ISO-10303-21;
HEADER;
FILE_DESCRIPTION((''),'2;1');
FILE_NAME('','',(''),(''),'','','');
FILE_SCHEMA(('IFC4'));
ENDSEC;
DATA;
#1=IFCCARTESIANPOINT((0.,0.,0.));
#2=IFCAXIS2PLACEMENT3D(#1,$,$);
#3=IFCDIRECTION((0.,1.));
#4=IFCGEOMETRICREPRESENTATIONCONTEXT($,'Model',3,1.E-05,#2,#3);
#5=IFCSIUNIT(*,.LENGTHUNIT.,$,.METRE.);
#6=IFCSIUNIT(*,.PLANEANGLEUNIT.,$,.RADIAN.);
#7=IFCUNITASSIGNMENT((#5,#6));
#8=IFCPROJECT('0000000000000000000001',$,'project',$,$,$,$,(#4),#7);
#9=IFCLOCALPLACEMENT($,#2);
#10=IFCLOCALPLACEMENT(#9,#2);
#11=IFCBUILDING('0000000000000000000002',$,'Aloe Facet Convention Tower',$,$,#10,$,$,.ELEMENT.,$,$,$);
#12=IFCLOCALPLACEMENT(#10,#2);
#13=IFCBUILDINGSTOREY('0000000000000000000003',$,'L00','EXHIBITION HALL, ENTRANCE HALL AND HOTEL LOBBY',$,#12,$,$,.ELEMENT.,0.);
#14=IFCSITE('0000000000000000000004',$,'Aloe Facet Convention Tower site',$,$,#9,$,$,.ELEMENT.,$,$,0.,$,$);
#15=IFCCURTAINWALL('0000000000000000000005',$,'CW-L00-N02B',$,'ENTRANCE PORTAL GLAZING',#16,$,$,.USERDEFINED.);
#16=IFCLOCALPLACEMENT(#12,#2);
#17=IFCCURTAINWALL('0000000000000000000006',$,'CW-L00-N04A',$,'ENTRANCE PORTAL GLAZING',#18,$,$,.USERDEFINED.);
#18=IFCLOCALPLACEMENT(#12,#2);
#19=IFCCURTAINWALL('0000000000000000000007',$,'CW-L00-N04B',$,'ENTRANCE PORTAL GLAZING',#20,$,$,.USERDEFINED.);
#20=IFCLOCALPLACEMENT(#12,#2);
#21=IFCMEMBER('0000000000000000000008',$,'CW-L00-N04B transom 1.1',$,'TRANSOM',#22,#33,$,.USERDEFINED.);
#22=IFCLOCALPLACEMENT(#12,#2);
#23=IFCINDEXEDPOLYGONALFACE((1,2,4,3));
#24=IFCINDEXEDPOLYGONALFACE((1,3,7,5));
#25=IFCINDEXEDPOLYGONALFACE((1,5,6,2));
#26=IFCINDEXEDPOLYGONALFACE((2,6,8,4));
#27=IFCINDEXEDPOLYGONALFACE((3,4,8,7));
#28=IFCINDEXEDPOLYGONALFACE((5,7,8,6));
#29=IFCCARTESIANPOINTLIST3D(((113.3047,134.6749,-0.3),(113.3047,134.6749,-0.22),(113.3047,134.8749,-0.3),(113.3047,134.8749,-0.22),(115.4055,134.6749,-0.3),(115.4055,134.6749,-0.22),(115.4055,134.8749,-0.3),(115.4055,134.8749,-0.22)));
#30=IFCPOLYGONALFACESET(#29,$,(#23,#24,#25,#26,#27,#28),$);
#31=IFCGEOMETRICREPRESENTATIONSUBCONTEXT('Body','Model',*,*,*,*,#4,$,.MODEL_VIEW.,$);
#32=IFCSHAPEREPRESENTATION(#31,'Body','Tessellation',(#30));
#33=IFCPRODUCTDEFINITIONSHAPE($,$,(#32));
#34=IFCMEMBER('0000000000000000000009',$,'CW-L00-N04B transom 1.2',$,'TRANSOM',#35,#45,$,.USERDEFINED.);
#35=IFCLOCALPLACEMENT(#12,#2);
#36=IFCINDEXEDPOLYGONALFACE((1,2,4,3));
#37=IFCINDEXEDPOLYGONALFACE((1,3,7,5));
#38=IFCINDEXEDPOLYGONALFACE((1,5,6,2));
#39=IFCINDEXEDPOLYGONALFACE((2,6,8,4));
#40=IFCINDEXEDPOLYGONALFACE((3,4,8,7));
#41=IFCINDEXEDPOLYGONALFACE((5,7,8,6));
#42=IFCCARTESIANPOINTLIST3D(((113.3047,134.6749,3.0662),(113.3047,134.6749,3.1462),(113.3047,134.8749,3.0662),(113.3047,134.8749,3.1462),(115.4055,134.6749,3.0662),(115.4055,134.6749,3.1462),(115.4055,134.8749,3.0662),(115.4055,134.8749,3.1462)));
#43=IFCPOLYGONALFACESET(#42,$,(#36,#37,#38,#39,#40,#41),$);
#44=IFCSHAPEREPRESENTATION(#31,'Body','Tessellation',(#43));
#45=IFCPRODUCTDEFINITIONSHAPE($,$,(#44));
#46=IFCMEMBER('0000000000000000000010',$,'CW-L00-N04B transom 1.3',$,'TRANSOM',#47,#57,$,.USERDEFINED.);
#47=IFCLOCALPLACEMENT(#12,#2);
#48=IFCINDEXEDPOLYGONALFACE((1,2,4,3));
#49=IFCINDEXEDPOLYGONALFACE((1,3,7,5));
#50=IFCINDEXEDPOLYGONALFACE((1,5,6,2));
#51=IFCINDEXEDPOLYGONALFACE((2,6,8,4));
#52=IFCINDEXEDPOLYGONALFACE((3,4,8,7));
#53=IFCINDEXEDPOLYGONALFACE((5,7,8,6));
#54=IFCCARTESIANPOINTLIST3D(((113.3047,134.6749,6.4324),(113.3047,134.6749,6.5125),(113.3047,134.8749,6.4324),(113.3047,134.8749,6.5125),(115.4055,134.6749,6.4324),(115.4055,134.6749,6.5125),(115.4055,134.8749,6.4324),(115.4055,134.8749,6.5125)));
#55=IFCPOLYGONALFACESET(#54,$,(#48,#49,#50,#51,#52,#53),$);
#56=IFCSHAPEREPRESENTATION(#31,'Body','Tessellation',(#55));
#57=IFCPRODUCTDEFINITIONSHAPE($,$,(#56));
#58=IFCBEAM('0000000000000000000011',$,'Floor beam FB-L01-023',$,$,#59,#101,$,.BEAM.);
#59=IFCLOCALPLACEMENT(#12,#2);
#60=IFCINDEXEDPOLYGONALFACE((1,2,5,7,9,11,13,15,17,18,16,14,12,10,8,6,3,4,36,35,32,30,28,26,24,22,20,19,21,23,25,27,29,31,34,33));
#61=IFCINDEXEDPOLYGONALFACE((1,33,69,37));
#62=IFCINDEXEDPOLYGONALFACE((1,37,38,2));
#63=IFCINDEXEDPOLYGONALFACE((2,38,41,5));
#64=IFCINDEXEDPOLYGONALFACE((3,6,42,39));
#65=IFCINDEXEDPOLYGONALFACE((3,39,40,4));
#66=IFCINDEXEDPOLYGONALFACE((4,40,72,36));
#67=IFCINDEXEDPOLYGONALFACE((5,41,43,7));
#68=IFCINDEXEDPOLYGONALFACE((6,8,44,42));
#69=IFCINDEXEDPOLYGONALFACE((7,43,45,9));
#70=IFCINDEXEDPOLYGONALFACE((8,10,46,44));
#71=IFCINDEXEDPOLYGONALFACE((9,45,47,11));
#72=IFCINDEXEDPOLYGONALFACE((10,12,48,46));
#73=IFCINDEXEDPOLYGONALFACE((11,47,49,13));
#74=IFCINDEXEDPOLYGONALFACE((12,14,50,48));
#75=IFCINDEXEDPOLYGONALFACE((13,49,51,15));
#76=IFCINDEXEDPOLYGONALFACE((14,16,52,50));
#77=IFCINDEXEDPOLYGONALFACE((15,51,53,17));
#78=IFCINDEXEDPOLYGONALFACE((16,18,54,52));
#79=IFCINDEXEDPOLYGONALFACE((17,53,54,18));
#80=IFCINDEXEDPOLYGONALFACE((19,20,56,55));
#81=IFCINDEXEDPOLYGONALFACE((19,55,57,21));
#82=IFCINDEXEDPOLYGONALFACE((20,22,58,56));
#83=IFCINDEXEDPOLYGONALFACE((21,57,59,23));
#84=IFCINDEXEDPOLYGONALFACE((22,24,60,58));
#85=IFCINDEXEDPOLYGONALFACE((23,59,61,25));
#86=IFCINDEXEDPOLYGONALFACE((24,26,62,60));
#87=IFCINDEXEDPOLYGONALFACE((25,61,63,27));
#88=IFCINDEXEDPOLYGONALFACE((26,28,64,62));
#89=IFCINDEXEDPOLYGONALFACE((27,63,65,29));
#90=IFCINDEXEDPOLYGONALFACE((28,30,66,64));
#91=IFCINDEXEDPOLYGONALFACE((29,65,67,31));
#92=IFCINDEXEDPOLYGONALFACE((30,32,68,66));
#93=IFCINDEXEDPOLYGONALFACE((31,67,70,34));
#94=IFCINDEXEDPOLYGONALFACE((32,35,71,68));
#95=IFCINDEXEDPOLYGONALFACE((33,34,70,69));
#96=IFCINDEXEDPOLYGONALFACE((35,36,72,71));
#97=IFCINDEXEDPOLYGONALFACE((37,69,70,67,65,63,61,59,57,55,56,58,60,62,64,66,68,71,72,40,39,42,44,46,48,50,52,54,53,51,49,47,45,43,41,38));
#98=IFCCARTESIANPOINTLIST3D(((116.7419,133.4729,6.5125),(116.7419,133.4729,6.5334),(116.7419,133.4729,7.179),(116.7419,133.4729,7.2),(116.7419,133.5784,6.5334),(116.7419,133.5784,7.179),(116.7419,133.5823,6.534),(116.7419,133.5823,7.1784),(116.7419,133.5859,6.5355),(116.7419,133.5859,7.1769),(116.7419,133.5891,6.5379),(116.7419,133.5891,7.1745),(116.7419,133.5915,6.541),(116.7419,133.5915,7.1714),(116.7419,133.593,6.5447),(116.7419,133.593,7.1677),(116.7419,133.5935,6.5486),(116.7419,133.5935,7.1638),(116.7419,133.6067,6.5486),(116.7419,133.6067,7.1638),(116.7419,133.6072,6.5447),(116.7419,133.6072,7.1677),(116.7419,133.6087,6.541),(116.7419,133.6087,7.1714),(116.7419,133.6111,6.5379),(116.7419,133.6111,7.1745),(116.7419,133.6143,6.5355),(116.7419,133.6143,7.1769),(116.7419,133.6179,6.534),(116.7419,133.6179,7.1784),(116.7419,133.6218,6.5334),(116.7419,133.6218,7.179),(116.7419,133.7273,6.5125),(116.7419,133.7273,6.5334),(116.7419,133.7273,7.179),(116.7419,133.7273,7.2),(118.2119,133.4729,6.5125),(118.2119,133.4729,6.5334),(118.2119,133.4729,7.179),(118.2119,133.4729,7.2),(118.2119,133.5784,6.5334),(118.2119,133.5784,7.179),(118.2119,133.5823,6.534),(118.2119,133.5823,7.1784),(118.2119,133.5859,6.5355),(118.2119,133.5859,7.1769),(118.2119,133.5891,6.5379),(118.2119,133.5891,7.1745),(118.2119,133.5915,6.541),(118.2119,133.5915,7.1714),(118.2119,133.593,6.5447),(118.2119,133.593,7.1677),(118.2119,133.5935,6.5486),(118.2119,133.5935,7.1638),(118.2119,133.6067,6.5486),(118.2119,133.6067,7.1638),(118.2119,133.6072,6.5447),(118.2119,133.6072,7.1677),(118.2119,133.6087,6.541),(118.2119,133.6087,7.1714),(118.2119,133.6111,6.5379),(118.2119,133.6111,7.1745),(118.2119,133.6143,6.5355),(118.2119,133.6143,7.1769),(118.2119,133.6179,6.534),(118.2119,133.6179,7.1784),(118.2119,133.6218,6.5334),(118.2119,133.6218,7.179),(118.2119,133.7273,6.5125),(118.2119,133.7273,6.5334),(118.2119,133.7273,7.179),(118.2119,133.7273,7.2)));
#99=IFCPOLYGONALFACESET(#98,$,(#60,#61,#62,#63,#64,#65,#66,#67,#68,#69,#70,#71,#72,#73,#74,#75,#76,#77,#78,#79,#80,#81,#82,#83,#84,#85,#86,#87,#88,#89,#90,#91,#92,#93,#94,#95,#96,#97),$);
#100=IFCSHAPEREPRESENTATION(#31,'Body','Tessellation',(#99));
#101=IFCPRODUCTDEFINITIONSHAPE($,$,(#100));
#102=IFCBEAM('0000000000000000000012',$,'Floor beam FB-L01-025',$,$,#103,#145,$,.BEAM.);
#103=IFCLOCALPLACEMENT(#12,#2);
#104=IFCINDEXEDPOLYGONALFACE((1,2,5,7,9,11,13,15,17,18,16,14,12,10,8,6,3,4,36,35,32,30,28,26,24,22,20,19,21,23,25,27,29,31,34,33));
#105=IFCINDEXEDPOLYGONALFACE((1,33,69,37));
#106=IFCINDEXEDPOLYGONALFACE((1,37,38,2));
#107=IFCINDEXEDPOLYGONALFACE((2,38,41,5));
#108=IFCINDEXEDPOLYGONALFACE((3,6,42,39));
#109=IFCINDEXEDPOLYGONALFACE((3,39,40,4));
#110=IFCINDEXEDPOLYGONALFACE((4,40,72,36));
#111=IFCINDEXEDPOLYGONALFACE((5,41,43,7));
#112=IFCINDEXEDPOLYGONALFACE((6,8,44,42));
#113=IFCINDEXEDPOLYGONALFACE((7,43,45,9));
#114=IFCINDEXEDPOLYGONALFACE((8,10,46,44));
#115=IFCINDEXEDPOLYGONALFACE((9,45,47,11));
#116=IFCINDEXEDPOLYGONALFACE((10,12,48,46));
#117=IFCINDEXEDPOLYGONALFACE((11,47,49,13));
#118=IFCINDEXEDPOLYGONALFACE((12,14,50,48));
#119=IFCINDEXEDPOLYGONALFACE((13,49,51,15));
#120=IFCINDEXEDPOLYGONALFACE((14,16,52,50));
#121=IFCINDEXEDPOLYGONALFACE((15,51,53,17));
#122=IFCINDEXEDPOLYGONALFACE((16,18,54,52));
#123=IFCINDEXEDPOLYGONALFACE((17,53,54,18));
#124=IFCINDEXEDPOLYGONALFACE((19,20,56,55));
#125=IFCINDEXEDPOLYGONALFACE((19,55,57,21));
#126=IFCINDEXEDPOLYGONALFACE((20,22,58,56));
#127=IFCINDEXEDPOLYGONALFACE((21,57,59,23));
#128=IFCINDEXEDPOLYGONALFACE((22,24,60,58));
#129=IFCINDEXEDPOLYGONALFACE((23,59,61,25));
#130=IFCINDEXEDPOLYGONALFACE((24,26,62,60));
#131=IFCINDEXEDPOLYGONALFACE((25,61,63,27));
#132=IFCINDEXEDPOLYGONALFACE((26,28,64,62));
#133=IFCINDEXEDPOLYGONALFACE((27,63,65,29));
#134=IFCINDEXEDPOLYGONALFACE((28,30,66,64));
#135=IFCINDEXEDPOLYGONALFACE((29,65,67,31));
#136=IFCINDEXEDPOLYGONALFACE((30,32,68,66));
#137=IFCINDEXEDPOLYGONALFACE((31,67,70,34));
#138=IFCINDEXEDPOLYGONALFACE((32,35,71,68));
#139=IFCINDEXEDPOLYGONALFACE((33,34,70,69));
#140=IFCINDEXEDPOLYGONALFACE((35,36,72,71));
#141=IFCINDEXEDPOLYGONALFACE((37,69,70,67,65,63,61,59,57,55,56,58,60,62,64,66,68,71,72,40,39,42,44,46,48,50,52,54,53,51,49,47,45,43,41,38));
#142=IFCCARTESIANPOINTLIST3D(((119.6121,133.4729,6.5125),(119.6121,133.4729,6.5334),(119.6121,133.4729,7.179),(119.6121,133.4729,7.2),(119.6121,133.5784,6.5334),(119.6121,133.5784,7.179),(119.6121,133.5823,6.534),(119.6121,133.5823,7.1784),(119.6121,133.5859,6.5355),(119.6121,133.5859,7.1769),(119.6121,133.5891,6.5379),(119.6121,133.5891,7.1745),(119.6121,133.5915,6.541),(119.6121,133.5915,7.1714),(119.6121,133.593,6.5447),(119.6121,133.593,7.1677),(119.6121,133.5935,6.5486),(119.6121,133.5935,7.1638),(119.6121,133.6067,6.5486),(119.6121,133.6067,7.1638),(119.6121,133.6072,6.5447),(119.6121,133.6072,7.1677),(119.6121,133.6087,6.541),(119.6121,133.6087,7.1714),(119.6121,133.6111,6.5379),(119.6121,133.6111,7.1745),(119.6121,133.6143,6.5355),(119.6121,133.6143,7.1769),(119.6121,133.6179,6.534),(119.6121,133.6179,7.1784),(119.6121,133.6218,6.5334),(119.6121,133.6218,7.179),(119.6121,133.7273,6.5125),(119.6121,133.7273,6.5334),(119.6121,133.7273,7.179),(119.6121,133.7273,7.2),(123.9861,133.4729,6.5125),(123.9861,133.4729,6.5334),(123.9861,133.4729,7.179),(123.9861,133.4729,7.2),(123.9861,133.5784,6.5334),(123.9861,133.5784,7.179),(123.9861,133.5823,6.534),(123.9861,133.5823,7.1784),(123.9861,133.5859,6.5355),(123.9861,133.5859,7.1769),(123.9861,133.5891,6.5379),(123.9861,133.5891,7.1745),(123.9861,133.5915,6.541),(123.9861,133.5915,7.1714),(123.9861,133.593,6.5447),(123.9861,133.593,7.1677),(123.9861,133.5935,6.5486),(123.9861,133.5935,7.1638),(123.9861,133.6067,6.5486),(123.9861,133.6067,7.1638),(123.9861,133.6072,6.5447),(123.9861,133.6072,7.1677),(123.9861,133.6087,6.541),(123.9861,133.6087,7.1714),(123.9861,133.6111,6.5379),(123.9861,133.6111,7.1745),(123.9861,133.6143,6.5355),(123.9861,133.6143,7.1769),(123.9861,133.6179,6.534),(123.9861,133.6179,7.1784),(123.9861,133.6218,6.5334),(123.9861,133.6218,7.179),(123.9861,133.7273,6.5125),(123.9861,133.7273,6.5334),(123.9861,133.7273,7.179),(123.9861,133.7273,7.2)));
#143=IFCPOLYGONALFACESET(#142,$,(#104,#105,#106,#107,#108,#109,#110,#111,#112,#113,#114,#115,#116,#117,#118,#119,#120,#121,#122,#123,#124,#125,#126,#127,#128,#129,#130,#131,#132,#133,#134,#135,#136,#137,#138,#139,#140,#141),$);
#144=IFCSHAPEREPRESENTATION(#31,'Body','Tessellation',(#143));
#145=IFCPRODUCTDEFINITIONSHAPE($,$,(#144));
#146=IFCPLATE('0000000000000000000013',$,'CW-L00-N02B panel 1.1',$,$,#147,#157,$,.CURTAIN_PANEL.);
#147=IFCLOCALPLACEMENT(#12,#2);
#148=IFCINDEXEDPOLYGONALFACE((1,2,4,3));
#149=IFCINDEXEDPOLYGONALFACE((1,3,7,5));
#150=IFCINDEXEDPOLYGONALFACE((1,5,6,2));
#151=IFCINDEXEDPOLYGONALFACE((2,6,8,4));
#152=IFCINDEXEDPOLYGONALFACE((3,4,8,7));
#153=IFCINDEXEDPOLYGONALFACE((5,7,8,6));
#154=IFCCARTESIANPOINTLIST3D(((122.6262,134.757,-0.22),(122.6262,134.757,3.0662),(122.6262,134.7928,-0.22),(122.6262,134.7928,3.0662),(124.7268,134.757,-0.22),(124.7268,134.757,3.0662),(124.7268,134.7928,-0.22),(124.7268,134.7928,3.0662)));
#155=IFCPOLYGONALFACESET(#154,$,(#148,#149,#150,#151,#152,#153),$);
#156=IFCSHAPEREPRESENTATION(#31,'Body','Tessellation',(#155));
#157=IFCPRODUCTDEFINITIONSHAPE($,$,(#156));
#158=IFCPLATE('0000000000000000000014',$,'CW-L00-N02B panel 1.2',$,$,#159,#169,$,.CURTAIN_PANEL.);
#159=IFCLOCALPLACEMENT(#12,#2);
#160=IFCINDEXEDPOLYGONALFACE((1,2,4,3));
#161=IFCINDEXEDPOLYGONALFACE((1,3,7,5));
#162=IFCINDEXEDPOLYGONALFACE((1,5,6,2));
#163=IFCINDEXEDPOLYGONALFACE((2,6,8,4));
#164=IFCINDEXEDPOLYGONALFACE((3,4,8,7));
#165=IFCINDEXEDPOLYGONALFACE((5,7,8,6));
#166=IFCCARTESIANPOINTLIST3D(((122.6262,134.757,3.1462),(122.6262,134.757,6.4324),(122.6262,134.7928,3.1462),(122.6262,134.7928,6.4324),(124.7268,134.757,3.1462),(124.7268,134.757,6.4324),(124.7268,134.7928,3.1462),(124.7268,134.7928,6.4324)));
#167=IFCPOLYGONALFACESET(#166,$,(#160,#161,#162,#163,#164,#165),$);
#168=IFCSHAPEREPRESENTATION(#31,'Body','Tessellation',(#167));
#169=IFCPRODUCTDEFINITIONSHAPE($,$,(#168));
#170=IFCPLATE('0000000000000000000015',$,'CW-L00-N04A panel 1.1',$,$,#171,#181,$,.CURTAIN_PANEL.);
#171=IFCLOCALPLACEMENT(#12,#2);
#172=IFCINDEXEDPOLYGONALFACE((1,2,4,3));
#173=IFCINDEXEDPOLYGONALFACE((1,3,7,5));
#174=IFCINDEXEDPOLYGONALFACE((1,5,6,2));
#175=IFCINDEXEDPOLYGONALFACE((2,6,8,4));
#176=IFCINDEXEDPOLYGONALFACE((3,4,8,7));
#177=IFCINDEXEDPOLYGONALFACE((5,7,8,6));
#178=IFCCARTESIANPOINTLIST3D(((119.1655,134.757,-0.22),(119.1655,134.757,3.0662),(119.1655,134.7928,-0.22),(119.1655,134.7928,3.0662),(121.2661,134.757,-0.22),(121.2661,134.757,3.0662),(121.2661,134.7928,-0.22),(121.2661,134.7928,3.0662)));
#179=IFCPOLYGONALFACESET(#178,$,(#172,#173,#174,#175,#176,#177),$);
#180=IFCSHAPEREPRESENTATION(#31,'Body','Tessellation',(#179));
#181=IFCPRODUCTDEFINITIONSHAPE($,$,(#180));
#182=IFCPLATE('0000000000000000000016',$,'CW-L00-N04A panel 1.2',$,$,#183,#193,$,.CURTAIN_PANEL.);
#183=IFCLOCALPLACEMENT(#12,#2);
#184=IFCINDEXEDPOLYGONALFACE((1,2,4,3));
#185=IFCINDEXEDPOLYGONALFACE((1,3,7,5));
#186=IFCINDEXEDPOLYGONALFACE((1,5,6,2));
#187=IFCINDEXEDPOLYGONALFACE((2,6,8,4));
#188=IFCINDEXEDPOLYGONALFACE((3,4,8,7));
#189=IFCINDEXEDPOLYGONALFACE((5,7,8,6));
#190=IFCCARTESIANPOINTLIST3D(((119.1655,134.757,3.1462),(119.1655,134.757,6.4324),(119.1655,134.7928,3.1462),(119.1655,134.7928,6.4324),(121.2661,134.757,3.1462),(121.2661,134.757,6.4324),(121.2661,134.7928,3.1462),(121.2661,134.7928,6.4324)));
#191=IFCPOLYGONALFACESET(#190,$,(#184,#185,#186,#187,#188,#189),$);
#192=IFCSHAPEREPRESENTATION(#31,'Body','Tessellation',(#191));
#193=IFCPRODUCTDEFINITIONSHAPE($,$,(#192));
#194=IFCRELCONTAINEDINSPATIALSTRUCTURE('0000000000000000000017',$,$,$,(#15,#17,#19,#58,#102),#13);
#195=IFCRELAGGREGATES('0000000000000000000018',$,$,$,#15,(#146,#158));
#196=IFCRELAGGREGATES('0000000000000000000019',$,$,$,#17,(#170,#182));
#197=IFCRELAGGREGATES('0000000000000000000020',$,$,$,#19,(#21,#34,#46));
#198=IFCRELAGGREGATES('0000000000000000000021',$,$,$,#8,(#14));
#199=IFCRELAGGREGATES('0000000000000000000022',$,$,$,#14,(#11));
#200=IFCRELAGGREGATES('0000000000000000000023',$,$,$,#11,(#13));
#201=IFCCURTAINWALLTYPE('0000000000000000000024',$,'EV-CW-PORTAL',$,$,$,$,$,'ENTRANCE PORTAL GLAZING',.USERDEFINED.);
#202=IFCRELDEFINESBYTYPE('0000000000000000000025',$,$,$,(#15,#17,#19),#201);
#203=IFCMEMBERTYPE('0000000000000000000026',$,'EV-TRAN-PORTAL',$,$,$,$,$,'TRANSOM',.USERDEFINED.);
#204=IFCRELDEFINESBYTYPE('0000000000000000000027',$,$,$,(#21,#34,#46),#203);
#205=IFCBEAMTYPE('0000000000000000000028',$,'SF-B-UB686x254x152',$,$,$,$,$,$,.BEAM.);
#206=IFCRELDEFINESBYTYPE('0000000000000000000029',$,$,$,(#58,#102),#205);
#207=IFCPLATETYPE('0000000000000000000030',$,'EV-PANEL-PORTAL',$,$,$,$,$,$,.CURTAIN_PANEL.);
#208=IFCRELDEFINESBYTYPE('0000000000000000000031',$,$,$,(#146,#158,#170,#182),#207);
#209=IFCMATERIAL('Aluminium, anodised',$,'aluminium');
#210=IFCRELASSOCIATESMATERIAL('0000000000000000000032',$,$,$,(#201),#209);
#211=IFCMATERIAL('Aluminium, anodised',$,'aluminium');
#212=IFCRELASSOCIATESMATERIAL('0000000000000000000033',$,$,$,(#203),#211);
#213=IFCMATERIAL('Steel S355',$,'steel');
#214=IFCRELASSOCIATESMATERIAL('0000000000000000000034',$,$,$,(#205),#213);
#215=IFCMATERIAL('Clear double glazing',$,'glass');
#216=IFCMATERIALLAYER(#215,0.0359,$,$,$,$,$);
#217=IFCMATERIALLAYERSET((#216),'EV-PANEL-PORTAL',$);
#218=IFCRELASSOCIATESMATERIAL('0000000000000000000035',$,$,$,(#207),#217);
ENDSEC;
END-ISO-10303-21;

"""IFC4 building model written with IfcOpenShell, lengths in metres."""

from ifc_helpers import new_model, si_unit, direction, frame, origin, origin_2d, place, context, subcontext, project, spatial, rectangle, i_section, extrude, material, layer, layer_set, material_profile, profile_set, type_object, element, aggregate, save


model = new_model("IFC4")

# Units and contexts
model_context = context("Model", 3, precision=1e-05, world=origin(), true_north=direction((0.0, 1.0)))
body_context = subcontext(model_context, "Body", "Model", "MODEL_VIEW")
ifc_project = project(units=[si_unit("LENGTHUNIT", "METRE"), si_unit("PLANEANGLEUNIT", "RADIAN")], contexts=[model_context])

# Site, building, storey
site_placement = place(None, origin())
site = spatial("IfcSite", under=ifc_project, at=site_placement, Name="Aloe Facet Convention Tower site", CompositionType="ELEMENT", RefElevation=0.0)
building_placement = place(site_placement, origin())
building = spatial("IfcBuilding", under=site, at=building_placement, Name="Aloe Facet Convention Tower", CompositionType="ELEMENT")
storey_placement = place(building_placement, origin())
storey = spatial("IfcBuildingStorey", under=building, at=storey_placement, Name="L00", Description="EXHIBITION HALL, ENTRANCE HALL AND HOTEL LOBBY", CompositionType="ELEMENT", Elevation=0.0)

# Curtain wall
ifc_material_1 = material(Name="Aluminium, anodised", Category="aluminium")
curtain_wall_type = type_object("IfcCurtainWallType", Name="EV-CW-PORTAL", ElementType="ENTRANCE PORTAL GLAZING", PredefinedType="USERDEFINED", material=ifc_material_1)
curtain_wall_1_placement = place(storey_placement, origin())
curtain_wall_1 = element("IfcCurtainWall", 1, at=curtain_wall_1_placement, inside=storey, type_object=curtain_wall_type, Name="CW-L00-N02B", ObjectType="ENTRANCE PORTAL GLAZING", PredefinedType="USERDEFINED")

# Curtain walls
curtain_wall_2_placement = place(storey_placement, origin())
curtain_wall_2 = element("IfcCurtainWall", 2, at=curtain_wall_2_placement, inside=storey, type_object=curtain_wall_type, Name="CW-L00-N04A", ObjectType="ENTRANCE PORTAL GLAZING", PredefinedType="USERDEFINED")
curtain_wall_3_placement = place(storey_placement, origin())
curtain_wall_3 = element("IfcCurtainWall", 3, at=curtain_wall_3_placement, inside=storey, type_object=curtain_wall_type, Name="CW-L00-N04B", ObjectType="ENTRANCE PORTAL GLAZING", PredefinedType="USERDEFINED")

# Members
ifc_material_2 = material(Name="Aluminium, anodised", Category="aluminium")
ifc_material_profile_1 = material_profile(ifc_material_2, rectangle(XDim=0.2, YDim=0.0801, at=origin_2d()), Name="AL 200x80")
ifc_profile_set_1 = profile_set([ifc_material_profile_1], Name="Aluminium, anodised")
member_type_1 = type_object("IfcMemberType", Name="EV-TRAN-PORTAL", ElementType="TRANSOM", PredefinedType="USERDEFINED", material=ifc_profile_set_1)
member_1_placement = place(storey_placement, frame((115.4055, 134.7749, -0.26), z_axis=(-1.0, 0.0, 0.0), x_axis=(0.0, -1.0, 0.0)))
member_1 = element("IfcMember", 4, at=member_1_placement, type_object=member_type_1, Name="CW-L00-N04B transom 1.1", ObjectType="TRANSOM", PredefinedType="USERDEFINED", context=body_context, shape_type="SweptSolid", body=[
    extrude(rectangle(XDim=0.2, YDim=0.0801, at=origin_2d()), origin(), (0.0, 0.0, 1.0), 2.1008),
])
member_2_placement = place(storey_placement, frame((115.4055, 134.7749, 3.1062), z_axis=(-1.0, 0.0, 0.0), x_axis=(0.0, -1.0, 0.0)))
member_2 = element("IfcMember", 5, at=member_2_placement, type_object=member_type_1, Name="CW-L00-N04B transom 1.2", ObjectType="TRANSOM", PredefinedType="USERDEFINED", context=body_context, shape_type="SweptSolid", body=[
    extrude(rectangle(XDim=0.2, YDim=0.0801, at=origin_2d()), origin(), (0.0, 0.0, 1.0), 2.1008),
])
member_3_placement = place(storey_placement, frame((115.4055, 134.7749, 6.4724), z_axis=(-1.0, 0.0, 0.0), x_axis=(0.0, -1.0, 0.0)))
member_3 = element("IfcMember", 6, at=member_3_placement, type_object=member_type_1, Name="CW-L00-N04B transom 1.3", ObjectType="TRANSOM", PredefinedType="USERDEFINED", context=body_context, shape_type="SweptSolid", body=[
    extrude(rectangle(XDim=0.2, YDim=0.0801, at=origin_2d()), origin(), (0.0, 0.0, 1.0), 2.1008),
])

# Beams
ifc_material_3 = material(Name="Steel S355", Category="steel")
ifc_material_profile_2 = material_profile(ifc_material_3, i_section(OverallWidth=0.2544, OverallDepth=0.6875, WebThickness=0.0132, FlangeThickness=0.021, FilletRadius=0.0151, at=origin_2d()), Name="UB 686x254x152")
ifc_profile_set_2 = profile_set([ifc_material_profile_2], Name="Steel S355")
beam_type_1 = type_object("IfcBeamType", Name="SF-B-UB686x254x152", PredefinedType="BEAM", material=ifc_profile_set_2)
beam_1_placement = place(storey_placement, frame((116.7419, 133.6001, 6.8562), z_axis=(1.0, 0.0, 0.0), x_axis=(0.0, 1.0, 0.0)))
element("IfcBeam", 7, at=beam_1_placement, inside=storey, type_object=beam_type_1, Name="Floor beam FB-L01-023", PredefinedType="BEAM", context=body_context, shape_type="SweptSolid", body=[
    extrude(i_section(OverallWidth=0.2544, OverallDepth=0.6875, WebThickness=0.0132, FlangeThickness=0.021, FilletRadius=0.0151, at=origin_2d()), origin(), (0.0, 0.0, 1.0), 1.47),
])
beam_2_placement = place(storey_placement, frame((119.6121, 133.6001, 6.8562), z_axis=(1.0, 0.0, 0.0), x_axis=(0.0, 1.0, 0.0)))
element("IfcBeam", 8, at=beam_2_placement, inside=storey, type_object=beam_type_1, Name="Floor beam FB-L01-025", PredefinedType="BEAM", context=body_context, shape_type="SweptSolid", body=[
    extrude(i_section(OverallWidth=0.2544, OverallDepth=0.6875, WebThickness=0.0132, FlangeThickness=0.021, FilletRadius=0.0151, at=origin_2d()), origin(), (0.0, 0.0, 1.0), 4.374),
])

# Plates
ifc_material_4 = material(Name="Clear double glazing", Category="glass")
ifc_layer_1 = layer(ifc_material_4, 0.0359)
ifc_layer_set_1 = layer_set([ifc_layer_1], Name="EV-PANEL-PORTAL")
plate_type = type_object("IfcPlateType", Name="EV-PANEL-PORTAL", PredefinedType="CURTAIN_PANEL", material=ifc_layer_set_1)
plate_1_placement = place(storey_placement, frame((123.6765, 134.7749, -0.22), z_axis=(0.0, 0.0, 1.0), x_axis=(-1.0, 0.0, 0.0)))
plate_1 = element("IfcPlate", 9, at=plate_1_placement, type_object=plate_type, Name="CW-L00-N02B panel 1.1", PredefinedType="CURTAIN_PANEL", context=body_context, shape_type="SweptSolid", body=[
    extrude(rectangle(XDim=2.1006, YDim=0.0359, at=origin_2d()), origin(), (0.0, 0.0, 1.0), 3.2861),
])
plate_2_placement = place(storey_placement, frame((123.6765, 134.7749, 3.1462), z_axis=(0.0, 0.0, 1.0), x_axis=(-1.0, 0.0, 0.0)))
plate_2 = element("IfcPlate", 10, at=plate_2_placement, type_object=plate_type, Name="CW-L00-N02B panel 1.2", PredefinedType="CURTAIN_PANEL", context=body_context, shape_type="SweptSolid", body=[
    extrude(rectangle(XDim=2.1006, YDim=0.0359, at=origin_2d()), origin(), (0.0, 0.0, 1.0), 3.2861),
])
aggregate(curtain_wall_1, [plate_1, plate_2])
plate_3_placement = place(storey_placement, frame((120.2158, 134.7749, -0.22), z_axis=(0.0, 0.0, 1.0), x_axis=(-1.0, 0.0, 0.0)))
plate_3 = element("IfcPlate", 11, at=plate_3_placement, type_object=plate_type, Name="CW-L00-N04A panel 1.1", PredefinedType="CURTAIN_PANEL", context=body_context, shape_type="SweptSolid", body=[
    extrude(rectangle(XDim=2.1006, YDim=0.0359, at=origin_2d()), origin(), (0.0, 0.0, 1.0), 3.2861),
])
plate_4_placement = place(storey_placement, frame((120.2158, 134.7749, 3.1462), z_axis=(0.0, 0.0, 1.0), x_axis=(-1.0, 0.0, 0.0)))
plate_4 = element("IfcPlate", 12, at=plate_4_placement, type_object=plate_type, Name="CW-L00-N04A panel 1.2", PredefinedType="CURTAIN_PANEL", context=body_context, shape_type="SweptSolid", body=[
    extrude(rectangle(XDim=2.1006, YDim=0.0359, at=origin_2d()), origin(), (0.0, 0.0, 1.0), 3.2861),
])
aggregate(curtain_wall_2, [plate_3, plate_4])
aggregate(curtain_wall_3, [member_1, member_2, member_3])

save(model, "model.ifc")
